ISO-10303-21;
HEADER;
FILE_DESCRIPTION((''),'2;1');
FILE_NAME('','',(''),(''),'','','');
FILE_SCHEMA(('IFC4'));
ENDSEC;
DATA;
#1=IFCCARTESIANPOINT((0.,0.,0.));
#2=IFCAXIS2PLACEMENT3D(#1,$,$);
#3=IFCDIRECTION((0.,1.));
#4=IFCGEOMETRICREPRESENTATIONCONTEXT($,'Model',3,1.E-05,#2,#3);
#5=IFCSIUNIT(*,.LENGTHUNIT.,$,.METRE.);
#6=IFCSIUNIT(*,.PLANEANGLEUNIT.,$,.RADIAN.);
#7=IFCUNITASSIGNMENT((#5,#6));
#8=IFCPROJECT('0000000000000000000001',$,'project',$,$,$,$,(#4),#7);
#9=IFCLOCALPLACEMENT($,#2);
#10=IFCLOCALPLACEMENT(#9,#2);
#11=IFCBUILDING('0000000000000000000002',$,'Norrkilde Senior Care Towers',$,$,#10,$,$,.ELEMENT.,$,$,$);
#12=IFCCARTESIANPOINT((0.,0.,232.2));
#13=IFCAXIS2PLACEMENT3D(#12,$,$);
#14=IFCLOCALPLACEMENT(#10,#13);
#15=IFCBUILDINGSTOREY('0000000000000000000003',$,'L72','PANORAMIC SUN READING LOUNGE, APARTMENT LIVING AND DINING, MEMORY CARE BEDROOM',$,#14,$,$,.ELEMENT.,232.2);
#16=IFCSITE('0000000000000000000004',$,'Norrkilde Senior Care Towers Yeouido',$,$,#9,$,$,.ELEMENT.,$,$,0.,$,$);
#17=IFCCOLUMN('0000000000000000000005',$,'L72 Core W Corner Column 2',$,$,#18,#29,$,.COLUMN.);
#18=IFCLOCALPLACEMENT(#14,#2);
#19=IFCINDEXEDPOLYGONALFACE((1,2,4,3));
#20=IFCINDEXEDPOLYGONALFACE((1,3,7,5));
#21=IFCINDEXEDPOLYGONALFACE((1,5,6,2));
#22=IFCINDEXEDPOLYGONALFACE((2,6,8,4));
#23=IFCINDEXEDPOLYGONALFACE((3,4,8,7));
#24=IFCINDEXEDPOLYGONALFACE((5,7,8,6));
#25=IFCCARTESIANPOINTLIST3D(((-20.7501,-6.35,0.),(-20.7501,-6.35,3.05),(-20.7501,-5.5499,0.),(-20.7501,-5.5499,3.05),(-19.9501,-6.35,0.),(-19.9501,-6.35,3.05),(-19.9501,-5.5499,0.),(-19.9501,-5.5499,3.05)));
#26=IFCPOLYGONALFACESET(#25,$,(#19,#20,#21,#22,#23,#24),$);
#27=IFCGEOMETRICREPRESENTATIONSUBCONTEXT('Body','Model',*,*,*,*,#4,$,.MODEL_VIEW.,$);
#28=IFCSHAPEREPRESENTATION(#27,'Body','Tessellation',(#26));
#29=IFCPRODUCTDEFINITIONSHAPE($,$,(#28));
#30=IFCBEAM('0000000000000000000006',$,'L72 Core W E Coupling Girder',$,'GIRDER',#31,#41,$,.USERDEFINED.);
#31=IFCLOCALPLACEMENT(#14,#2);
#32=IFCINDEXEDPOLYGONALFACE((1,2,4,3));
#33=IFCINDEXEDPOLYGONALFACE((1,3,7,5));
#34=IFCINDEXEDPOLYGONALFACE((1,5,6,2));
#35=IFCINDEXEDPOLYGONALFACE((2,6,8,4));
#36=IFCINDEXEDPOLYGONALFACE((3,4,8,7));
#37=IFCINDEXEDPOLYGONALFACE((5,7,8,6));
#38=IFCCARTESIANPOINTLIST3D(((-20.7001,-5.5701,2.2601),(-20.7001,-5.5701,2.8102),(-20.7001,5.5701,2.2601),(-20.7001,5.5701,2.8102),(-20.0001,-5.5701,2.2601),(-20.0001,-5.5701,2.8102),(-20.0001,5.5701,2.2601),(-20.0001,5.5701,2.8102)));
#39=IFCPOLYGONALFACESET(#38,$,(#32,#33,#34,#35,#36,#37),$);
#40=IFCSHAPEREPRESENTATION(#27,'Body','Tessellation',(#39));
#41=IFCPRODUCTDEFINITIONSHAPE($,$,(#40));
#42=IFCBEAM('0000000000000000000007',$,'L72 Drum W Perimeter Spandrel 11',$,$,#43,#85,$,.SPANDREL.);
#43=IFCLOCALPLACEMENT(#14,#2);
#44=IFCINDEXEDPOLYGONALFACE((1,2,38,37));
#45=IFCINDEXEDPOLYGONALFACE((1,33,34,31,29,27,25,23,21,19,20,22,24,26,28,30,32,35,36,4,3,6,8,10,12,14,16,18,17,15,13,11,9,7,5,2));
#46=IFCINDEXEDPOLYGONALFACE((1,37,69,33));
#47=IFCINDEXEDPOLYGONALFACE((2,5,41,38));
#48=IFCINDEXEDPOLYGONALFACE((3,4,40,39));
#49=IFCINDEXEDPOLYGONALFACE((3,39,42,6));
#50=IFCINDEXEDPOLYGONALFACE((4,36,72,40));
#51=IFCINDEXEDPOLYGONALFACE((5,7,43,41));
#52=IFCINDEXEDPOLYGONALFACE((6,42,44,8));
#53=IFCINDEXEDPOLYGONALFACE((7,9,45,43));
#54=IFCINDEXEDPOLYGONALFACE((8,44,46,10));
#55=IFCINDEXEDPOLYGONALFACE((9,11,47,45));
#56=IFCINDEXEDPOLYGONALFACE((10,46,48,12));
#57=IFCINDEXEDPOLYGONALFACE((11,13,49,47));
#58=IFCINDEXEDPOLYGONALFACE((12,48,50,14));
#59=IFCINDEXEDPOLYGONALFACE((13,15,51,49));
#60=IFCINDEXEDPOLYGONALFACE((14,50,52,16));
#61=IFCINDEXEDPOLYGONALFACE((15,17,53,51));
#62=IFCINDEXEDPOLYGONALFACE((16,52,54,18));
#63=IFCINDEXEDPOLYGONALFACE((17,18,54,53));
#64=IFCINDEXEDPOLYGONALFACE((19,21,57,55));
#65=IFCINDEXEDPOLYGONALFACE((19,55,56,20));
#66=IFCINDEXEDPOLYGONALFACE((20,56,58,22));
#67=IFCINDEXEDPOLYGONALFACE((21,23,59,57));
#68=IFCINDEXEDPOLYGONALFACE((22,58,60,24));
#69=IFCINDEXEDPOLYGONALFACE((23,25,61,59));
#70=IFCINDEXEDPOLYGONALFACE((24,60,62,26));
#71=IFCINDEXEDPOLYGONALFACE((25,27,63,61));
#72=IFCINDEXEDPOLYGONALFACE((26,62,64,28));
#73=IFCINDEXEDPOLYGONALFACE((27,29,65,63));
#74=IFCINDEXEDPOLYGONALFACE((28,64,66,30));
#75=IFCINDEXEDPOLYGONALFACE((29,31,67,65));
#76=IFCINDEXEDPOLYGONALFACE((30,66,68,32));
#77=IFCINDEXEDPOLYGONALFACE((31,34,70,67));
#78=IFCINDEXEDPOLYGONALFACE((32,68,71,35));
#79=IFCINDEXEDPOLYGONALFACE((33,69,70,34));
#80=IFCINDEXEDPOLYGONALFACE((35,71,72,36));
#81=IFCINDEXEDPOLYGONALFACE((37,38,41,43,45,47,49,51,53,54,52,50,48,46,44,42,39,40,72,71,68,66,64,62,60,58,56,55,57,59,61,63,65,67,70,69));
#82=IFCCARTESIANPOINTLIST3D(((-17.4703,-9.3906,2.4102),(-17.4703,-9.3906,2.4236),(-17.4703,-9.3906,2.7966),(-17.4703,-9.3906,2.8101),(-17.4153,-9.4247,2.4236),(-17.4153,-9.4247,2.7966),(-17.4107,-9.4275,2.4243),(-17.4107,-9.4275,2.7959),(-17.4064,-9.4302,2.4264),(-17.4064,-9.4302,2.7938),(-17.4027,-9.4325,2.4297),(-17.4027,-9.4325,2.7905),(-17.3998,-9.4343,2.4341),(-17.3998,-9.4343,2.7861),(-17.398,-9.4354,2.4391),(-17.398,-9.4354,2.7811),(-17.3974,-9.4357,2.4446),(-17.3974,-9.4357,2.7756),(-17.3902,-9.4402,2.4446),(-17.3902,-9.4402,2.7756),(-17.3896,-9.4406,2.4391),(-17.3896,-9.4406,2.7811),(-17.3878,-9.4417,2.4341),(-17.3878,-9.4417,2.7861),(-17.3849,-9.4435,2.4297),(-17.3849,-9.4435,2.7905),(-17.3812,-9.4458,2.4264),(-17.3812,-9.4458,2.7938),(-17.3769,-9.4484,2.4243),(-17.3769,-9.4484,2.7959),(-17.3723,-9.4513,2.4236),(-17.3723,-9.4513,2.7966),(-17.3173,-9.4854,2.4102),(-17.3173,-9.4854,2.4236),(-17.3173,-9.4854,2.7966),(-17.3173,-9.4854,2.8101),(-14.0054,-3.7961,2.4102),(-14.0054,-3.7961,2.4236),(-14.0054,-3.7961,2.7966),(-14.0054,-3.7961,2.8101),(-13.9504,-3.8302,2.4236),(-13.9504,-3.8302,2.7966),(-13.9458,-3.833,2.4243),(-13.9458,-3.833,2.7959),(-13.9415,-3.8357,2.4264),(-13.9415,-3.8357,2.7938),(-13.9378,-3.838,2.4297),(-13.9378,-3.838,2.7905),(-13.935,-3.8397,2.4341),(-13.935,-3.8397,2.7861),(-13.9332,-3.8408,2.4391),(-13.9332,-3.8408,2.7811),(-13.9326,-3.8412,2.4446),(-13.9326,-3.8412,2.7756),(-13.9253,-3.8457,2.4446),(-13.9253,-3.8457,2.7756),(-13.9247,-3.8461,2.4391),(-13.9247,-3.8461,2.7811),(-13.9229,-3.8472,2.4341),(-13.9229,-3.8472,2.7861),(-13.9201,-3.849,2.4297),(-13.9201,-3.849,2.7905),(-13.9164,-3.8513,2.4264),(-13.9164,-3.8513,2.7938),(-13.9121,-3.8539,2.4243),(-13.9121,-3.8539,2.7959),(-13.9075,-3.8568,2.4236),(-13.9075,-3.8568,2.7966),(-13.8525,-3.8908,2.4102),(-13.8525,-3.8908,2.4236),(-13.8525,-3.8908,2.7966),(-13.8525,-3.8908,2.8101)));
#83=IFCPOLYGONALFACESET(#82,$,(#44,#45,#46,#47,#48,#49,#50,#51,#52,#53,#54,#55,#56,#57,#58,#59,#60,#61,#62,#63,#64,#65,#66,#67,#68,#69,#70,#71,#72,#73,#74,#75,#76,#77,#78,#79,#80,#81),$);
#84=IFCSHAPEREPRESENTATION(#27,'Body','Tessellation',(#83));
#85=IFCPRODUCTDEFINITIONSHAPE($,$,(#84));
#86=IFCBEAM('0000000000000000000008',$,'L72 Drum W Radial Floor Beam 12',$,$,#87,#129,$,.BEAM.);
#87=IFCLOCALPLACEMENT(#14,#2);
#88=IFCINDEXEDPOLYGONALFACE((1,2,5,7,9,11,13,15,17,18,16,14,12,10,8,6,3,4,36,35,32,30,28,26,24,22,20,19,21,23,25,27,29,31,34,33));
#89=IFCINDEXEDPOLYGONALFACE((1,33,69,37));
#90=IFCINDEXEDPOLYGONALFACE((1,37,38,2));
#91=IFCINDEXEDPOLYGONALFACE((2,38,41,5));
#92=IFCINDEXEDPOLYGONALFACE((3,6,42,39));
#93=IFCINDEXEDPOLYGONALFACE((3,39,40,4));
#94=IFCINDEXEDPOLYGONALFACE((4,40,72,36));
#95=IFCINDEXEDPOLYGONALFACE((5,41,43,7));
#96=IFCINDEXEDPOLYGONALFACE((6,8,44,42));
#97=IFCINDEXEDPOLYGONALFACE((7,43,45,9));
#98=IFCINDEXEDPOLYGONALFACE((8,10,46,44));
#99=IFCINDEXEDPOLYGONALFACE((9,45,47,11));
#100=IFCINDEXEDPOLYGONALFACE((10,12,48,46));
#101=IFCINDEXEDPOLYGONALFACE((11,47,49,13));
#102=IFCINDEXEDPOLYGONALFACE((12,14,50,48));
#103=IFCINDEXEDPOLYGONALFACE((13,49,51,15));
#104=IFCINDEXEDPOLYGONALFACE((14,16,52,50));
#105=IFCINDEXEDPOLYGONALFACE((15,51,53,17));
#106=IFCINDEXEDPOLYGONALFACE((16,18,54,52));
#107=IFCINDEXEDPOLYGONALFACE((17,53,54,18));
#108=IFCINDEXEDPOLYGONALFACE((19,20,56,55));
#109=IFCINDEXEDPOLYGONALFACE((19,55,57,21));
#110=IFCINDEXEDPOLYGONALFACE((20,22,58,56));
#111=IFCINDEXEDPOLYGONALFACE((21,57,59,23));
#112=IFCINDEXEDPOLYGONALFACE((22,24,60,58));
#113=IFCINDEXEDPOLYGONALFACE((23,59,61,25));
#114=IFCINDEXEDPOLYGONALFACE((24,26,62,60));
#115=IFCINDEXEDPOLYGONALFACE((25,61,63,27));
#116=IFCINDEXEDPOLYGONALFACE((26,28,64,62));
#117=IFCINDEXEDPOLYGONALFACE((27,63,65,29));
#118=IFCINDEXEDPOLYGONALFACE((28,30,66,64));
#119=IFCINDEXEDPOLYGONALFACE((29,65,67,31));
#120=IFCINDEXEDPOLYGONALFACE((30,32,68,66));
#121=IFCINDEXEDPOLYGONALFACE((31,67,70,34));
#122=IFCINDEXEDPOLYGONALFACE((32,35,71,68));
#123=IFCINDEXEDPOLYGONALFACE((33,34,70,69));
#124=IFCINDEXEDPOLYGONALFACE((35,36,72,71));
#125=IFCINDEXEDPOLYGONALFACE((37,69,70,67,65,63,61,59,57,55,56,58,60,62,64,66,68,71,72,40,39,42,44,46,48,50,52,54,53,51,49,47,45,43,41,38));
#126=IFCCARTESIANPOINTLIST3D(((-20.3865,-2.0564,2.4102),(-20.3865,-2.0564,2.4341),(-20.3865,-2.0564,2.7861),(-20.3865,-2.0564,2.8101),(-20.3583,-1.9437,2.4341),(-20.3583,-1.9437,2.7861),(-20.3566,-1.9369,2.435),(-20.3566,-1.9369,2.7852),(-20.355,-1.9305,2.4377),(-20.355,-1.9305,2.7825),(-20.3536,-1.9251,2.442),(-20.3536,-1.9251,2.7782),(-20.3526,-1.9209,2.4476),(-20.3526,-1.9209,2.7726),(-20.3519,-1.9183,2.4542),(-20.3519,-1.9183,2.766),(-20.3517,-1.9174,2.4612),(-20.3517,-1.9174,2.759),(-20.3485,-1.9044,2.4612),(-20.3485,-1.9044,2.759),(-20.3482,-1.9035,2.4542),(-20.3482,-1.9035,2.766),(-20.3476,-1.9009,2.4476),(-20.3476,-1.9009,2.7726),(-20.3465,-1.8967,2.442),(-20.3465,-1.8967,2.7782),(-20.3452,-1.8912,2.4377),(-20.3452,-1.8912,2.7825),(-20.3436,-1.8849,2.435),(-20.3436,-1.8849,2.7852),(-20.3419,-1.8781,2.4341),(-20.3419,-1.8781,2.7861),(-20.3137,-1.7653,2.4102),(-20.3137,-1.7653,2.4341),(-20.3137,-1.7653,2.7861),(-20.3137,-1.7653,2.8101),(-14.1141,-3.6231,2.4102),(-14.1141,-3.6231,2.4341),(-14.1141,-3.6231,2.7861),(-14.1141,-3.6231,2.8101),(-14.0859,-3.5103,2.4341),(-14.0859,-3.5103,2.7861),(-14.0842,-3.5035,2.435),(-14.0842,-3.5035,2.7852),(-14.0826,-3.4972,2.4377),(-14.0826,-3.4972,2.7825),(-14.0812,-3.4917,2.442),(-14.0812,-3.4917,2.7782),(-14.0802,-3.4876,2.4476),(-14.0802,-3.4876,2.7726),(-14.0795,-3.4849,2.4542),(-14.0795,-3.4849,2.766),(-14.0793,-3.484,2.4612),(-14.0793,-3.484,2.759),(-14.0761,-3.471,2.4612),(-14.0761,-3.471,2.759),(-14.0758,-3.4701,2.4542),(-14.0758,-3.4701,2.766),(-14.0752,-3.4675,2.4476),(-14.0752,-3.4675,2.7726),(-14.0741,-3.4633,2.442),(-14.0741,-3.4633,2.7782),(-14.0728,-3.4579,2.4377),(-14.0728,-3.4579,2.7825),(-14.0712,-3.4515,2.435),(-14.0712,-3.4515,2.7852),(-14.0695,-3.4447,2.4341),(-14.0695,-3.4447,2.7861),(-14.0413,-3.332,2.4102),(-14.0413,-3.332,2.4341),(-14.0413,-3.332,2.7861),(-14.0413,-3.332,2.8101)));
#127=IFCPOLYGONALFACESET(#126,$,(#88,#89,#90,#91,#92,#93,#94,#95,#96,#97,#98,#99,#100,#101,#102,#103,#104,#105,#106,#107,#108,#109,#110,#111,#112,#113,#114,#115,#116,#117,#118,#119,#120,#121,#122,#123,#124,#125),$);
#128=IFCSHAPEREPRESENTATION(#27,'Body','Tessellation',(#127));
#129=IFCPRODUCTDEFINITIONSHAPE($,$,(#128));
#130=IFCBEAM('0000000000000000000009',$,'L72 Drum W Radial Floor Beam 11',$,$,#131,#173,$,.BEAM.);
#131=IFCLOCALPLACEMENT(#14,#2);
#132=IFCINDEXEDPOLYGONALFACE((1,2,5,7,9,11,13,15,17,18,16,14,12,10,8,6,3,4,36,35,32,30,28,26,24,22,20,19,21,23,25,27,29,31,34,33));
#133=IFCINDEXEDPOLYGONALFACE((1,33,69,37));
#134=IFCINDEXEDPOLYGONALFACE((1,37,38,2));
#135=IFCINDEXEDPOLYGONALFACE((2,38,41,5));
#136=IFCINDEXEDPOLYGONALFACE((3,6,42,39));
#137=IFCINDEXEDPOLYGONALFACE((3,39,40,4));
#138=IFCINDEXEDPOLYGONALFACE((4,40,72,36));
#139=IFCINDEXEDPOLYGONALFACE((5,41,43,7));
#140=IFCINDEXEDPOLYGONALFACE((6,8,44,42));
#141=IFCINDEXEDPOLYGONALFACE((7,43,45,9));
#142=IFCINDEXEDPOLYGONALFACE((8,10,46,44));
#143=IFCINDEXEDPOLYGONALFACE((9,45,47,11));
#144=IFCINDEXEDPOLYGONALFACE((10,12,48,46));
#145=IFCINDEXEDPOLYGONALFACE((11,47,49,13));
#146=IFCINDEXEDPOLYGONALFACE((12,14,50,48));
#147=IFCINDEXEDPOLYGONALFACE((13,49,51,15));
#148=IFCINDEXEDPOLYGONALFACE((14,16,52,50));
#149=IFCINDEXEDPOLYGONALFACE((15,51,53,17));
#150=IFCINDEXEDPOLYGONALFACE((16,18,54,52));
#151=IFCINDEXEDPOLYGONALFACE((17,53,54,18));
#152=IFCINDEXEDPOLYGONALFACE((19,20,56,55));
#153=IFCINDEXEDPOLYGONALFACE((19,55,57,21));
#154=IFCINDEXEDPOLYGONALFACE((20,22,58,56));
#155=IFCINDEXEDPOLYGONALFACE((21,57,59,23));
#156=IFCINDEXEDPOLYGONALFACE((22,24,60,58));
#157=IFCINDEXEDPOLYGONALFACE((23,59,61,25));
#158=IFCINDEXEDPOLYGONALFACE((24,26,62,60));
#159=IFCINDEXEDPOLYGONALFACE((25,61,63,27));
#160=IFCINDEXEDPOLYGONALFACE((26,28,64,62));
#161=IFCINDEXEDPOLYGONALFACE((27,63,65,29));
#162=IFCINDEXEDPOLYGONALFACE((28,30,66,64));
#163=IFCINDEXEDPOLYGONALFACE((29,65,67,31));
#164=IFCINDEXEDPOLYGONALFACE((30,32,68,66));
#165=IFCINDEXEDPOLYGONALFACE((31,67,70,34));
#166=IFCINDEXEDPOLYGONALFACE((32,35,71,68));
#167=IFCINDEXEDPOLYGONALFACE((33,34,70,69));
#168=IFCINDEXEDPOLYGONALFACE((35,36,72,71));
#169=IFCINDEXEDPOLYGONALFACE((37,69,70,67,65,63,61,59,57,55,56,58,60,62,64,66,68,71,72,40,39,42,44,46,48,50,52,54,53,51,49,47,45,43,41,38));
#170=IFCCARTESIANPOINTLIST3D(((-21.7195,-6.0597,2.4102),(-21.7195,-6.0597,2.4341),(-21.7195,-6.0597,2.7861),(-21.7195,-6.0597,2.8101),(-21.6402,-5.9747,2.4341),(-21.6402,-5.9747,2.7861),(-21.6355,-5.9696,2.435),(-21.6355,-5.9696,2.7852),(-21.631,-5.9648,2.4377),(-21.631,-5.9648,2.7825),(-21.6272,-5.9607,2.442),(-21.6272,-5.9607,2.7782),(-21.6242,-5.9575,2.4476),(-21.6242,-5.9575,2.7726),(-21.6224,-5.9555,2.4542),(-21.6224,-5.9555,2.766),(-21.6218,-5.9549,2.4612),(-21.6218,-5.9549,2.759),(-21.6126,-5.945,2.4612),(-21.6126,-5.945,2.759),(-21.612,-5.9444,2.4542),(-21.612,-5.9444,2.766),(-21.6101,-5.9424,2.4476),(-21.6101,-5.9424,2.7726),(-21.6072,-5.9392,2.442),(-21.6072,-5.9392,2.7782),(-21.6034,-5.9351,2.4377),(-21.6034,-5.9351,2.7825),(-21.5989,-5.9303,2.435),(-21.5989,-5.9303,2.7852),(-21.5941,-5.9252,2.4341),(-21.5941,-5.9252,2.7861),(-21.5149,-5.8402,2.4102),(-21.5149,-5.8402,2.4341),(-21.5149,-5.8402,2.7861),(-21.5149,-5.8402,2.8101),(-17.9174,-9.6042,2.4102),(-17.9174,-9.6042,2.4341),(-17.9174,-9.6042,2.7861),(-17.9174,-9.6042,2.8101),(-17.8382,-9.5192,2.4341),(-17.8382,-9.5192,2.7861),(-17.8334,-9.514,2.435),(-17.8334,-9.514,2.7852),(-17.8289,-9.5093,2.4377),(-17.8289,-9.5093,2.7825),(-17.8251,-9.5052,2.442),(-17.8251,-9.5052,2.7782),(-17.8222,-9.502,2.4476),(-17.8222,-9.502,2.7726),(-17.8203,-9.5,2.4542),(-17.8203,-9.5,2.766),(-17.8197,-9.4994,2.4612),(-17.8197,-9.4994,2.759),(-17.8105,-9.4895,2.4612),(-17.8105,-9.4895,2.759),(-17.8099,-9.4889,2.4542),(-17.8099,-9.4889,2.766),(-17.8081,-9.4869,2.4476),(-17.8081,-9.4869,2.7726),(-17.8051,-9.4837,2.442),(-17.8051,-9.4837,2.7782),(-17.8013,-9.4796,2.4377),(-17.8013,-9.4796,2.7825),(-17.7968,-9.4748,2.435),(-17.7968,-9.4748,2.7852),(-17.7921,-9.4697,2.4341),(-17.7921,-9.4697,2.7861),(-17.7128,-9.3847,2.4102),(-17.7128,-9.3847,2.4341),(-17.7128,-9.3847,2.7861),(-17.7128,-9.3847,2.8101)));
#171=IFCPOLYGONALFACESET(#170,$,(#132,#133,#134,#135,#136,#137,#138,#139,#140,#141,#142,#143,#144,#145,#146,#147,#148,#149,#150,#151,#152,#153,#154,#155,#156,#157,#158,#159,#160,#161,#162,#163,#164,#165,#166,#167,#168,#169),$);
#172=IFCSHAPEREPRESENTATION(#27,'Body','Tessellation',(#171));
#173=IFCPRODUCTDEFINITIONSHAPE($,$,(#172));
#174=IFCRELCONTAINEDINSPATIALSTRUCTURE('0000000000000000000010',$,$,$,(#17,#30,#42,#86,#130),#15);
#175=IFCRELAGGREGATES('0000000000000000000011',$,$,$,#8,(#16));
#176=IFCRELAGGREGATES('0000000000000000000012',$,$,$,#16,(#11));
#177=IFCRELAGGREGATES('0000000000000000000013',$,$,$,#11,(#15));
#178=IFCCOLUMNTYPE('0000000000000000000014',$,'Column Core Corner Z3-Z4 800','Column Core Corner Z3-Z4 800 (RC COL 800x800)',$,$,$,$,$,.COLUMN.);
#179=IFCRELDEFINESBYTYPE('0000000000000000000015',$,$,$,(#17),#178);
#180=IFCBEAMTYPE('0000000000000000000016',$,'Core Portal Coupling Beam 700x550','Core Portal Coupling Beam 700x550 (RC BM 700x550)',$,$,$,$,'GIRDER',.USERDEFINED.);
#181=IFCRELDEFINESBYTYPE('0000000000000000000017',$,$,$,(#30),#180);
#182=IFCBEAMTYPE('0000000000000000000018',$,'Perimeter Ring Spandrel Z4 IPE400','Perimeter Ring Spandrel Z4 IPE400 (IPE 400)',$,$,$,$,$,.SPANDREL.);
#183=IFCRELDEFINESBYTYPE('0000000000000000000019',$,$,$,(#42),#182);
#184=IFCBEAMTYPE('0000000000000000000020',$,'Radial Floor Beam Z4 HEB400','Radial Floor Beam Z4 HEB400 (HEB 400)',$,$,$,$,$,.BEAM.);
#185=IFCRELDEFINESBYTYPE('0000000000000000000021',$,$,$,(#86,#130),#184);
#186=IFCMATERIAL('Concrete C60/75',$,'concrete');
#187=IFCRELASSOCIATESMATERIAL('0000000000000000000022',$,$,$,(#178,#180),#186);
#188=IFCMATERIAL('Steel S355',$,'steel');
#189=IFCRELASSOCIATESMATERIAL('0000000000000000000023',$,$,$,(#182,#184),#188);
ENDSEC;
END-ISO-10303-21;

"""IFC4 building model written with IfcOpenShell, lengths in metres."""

from ifc_helpers import new_model, si_unit, direction, frame, origin, origin_2d, place, context, subcontext, project, spatial, rectangle, i_section, extrude, source, transform, mapped, material, material_profile, profile_set, type_object, type_shapes, element, save


model = new_model("IFC4")

# Units and contexts
model_context = context("Model", 3, precision=1e-05, world=origin(), true_north=direction((0.0, 1.0)))
body_context = subcontext(model_context, "Body", "Model", "MODEL_VIEW")
ifc_project = project(units=[si_unit("LENGTHUNIT", "METRE"), si_unit("PLANEANGLEUNIT", "RADIAN")], contexts=[model_context])

# Site, building, storey
site_placement = place(None, origin())
site = spatial("IfcSite", under=ifc_project, at=site_placement, Name="Norrkilde Senior Care Towers Yeouido", CompositionType="ELEMENT", RefElevation=0.0)
building_placement = place(site_placement, origin())
building = spatial("IfcBuilding", under=site, at=building_placement, Name="Norrkilde Senior Care Towers", CompositionType="ELEMENT")
storey_placement = place(building_placement, frame((0.0, 0.0, 232.2)))
storey = spatial("IfcBuildingStorey", under=building, at=storey_placement, Name="L72", Description="PANORAMIC SUN READING LOUNGE, APARTMENT LIVING AND DINING, MEMORY CARE BEDROOM", CompositionType="ELEMENT", Elevation=232.2)

# Column
ifc_material_1 = material(Name="Concrete C60/75", Category="concrete")
ifc_material_profile_1 = material_profile(ifc_material_1, rectangle(XDim=0.8, YDim=0.8, at=origin_2d()), Name="RC COL 800x800")
ifc_profile_set_1 = profile_set([ifc_material_profile_1], Name="Concrete C60/75")
column_type = type_object("IfcColumnType", Name="Column Core Corner Z3-Z4 800", Description="Column Core Corner Z3-Z4 800 (RC COL 800x800)", PredefinedType="COLUMN", material=ifc_profile_set_1)
shared_shape_1 = source(origin(), body_context, "Body", "SweptSolid", [
    extrude(rectangle(XDim=0.8, YDim=0.8, at=origin_2d()), origin(), (0.0, 0.0, 1.0), 3.05),
])
type_shapes(column_type, [shared_shape_1])
column_placement = place(storey_placement, frame((-20.3501, -5.95, 0.0), z_axis=(0.0, 0.0, 1.0), x_axis=(1.0, 0.0, 0.0)))
element("IfcColumn", 1, at=column_placement, inside=storey, type_object=column_type, Name="L72 Core W Corner Column 2", PredefinedType="COLUMN", context=body_context, shape_type="MappedRepresentation", body=[
    mapped(shared_shape_1, transform((0.0, 0.0, 0.0), x_axis=(1.0, 0.0, 0.0), y_axis=(0.0, 1.0, 0.0), z_axis=(0.0, 0.0, 1.0), scale=1.0)),
])

# Beams
ifc_material_profile_2 = material_profile(ifc_material_1, rectangle(XDim=0.7, YDim=0.55, at=origin_2d()), Name="RC BM 700x550")
ifc_profile_set_2 = profile_set([ifc_material_profile_2], Name="Concrete C60/75")
beam_type_1 = type_object("IfcBeamType", Name="Core Portal Coupling Beam 700x550", Description="Core Portal Coupling Beam 700x550 (RC BM 700x550)", ElementType="GIRDER", PredefinedType="USERDEFINED", material=ifc_profile_set_2)
shared_shape_2 = source(origin(), body_context, "Body", "SweptSolid", [
    extrude(rectangle(XDim=0.7, YDim=0.55, at=origin_2d()), origin(), (0.0, 0.0, 1.0), 11.1401),
])
type_shapes(beam_type_1, [shared_shape_2])
beam_1_placement = place(storey_placement, frame((-20.3501, -5.5701, 2.5352), z_axis=(0.0, 1.0, 0.0), x_axis=(-1.0, 0.0, 0.0)))
element("IfcBeam", 2, at=beam_1_placement, inside=storey, type_object=beam_type_1, Name="L72 Core W E Coupling Girder", ObjectType="GIRDER", PredefinedType="USERDEFINED", context=body_context, shape_type="MappedRepresentation", body=[
    mapped(shared_shape_2, transform((0.0, 0.0, 0.0), x_axis=(1.0, 0.0, 0.0), y_axis=(0.0, 1.0, 0.0), z_axis=(0.0, 0.0, 1.0), scale=1.0)),
])
ifc_material_2 = material(Name="Steel S355", Category="steel")
ifc_material_profile_3 = material_profile(ifc_material_2, i_section(OverallWidth=0.1799, OverallDepth=0.3999, WebThickness=0.0085, FlangeThickness=0.0134, FilletRadius=0.021, at=origin_2d()), Name="IPE 400")
ifc_profile_set_3 = profile_set([ifc_material_profile_3], Name="Steel S355")
beam_type_2 = type_object("IfcBeamType", Name="Perimeter Ring Spandrel Z4 IPE400", Description="Perimeter Ring Spandrel Z4 IPE400 (IPE 400)", PredefinedType="SPANDREL", material=ifc_profile_set_3)
shared_shape_3 = source(origin(), body_context, "Body", "SweptSolid", [
    extrude(i_section(OverallWidth=0.1799, OverallDepth=0.3999, WebThickness=0.0085, FlangeThickness=0.0134, FilletRadius=0.021, at=origin_2d()), origin(), (0.0, 0.0, 1.0), 6.5806),
])
type_shapes(beam_type_2, [shared_shape_3])
beam_2_placement = place(storey_placement, frame((-17.3938, -9.438, 2.6101), z_axis=(0.52653, 0.850157, 0.0), x_axis=(-0.850157, 0.52653, 0.0)))
element("IfcBeam", 3, at=beam_2_placement, inside=storey, type_object=beam_type_2, Name="L72 Drum W Perimeter Spandrel 11", PredefinedType="SPANDREL", context=body_context, shape_type="MappedRepresentation", body=[
    mapped(shared_shape_3, transform((0.0, 0.0, 0.0), x_axis=(1.0, 0.0, 0.0), y_axis=(0.0, 1.0, 0.0), z_axis=(0.0, 0.0, 1.0), scale=1.0)),
])
ifc_material_profile_4 = material_profile(ifc_material_2, i_section(OverallWidth=0.3, OverallDepth=0.3999, WebThickness=0.0134, FlangeThickness=0.0239, FilletRadius=0.0271, at=origin_2d()), Name="HEB 400")
ifc_profile_set_4 = profile_set([ifc_material_profile_4], Name="Steel S355")
beam_type_3 = type_object("IfcBeamType", Name="Radial Floor Beam Z4 HEB400", Description="Radial Floor Beam Z4 HEB400 (HEB 400)", PredefinedType="BEAM", material=ifc_profile_set_4)
shared_shape_4 = source(origin(), body_context, "Body", "SweptSolid", [
    extrude(i_section(OverallWidth=0.3, OverallDepth=0.3999, WebThickness=0.0134, FlangeThickness=0.0239, FilletRadius=0.0271, at=origin_2d()), origin(), (0.0, 0.0, 1.0), 6.4651),
])
beam_3_placement = place(storey_placement, frame((-20.3501, -1.9109, 2.6101), z_axis=(0.970196, -0.242322, 0.0), x_axis=(0.242322, 0.970196, 0.0)))
element("IfcBeam", 4, at=beam_3_placement, inside=storey, type_object=beam_type_3, Name="L72 Drum W Radial Floor Beam 12", PredefinedType="BEAM", context=body_context, shape_type="MappedRepresentation", body=[
    mapped(shared_shape_4, transform((0.0, 0.0, 0.0), x_axis=(1.0, 0.0, 0.0), y_axis=(0.0, 1.0, 0.0), z_axis=(0.0, 0.0, 1.0), scale=1.0)),
])
shared_shape_5 = source(origin(), body_context, "Body", "SweptSolid", [
    extrude(i_section(OverallWidth=0.3, OverallDepth=0.3999, WebThickness=0.0134, FlangeThickness=0.0239, FilletRadius=0.0271, at=origin_2d()), origin(), (0.0, 0.0, 1.0), 5.198),
])
type_shapes(beam_type_3, [shared_shape_4, shared_shape_5])
beam_4_placement = place(storey_placement, frame((-21.6172, -5.95, 2.6101), z_axis=(0.731449, -0.681896, 0.0), x_axis=(0.681896, 0.731449, 0.0)))
element("IfcBeam", 5, at=beam_4_placement, inside=storey, type_object=beam_type_3, Name="L72 Drum W Radial Floor Beam 11", PredefinedType="BEAM", context=body_context, shape_type="MappedRepresentation", body=[
    mapped(shared_shape_5, transform((0.0, 0.0, 0.0), x_axis=(1.0, 0.0, 0.0), y_axis=(0.0, 1.0, 0.0), z_axis=(0.0, 0.0, 1.0), scale=1.0)),
])

save(model, "model.ifc")
